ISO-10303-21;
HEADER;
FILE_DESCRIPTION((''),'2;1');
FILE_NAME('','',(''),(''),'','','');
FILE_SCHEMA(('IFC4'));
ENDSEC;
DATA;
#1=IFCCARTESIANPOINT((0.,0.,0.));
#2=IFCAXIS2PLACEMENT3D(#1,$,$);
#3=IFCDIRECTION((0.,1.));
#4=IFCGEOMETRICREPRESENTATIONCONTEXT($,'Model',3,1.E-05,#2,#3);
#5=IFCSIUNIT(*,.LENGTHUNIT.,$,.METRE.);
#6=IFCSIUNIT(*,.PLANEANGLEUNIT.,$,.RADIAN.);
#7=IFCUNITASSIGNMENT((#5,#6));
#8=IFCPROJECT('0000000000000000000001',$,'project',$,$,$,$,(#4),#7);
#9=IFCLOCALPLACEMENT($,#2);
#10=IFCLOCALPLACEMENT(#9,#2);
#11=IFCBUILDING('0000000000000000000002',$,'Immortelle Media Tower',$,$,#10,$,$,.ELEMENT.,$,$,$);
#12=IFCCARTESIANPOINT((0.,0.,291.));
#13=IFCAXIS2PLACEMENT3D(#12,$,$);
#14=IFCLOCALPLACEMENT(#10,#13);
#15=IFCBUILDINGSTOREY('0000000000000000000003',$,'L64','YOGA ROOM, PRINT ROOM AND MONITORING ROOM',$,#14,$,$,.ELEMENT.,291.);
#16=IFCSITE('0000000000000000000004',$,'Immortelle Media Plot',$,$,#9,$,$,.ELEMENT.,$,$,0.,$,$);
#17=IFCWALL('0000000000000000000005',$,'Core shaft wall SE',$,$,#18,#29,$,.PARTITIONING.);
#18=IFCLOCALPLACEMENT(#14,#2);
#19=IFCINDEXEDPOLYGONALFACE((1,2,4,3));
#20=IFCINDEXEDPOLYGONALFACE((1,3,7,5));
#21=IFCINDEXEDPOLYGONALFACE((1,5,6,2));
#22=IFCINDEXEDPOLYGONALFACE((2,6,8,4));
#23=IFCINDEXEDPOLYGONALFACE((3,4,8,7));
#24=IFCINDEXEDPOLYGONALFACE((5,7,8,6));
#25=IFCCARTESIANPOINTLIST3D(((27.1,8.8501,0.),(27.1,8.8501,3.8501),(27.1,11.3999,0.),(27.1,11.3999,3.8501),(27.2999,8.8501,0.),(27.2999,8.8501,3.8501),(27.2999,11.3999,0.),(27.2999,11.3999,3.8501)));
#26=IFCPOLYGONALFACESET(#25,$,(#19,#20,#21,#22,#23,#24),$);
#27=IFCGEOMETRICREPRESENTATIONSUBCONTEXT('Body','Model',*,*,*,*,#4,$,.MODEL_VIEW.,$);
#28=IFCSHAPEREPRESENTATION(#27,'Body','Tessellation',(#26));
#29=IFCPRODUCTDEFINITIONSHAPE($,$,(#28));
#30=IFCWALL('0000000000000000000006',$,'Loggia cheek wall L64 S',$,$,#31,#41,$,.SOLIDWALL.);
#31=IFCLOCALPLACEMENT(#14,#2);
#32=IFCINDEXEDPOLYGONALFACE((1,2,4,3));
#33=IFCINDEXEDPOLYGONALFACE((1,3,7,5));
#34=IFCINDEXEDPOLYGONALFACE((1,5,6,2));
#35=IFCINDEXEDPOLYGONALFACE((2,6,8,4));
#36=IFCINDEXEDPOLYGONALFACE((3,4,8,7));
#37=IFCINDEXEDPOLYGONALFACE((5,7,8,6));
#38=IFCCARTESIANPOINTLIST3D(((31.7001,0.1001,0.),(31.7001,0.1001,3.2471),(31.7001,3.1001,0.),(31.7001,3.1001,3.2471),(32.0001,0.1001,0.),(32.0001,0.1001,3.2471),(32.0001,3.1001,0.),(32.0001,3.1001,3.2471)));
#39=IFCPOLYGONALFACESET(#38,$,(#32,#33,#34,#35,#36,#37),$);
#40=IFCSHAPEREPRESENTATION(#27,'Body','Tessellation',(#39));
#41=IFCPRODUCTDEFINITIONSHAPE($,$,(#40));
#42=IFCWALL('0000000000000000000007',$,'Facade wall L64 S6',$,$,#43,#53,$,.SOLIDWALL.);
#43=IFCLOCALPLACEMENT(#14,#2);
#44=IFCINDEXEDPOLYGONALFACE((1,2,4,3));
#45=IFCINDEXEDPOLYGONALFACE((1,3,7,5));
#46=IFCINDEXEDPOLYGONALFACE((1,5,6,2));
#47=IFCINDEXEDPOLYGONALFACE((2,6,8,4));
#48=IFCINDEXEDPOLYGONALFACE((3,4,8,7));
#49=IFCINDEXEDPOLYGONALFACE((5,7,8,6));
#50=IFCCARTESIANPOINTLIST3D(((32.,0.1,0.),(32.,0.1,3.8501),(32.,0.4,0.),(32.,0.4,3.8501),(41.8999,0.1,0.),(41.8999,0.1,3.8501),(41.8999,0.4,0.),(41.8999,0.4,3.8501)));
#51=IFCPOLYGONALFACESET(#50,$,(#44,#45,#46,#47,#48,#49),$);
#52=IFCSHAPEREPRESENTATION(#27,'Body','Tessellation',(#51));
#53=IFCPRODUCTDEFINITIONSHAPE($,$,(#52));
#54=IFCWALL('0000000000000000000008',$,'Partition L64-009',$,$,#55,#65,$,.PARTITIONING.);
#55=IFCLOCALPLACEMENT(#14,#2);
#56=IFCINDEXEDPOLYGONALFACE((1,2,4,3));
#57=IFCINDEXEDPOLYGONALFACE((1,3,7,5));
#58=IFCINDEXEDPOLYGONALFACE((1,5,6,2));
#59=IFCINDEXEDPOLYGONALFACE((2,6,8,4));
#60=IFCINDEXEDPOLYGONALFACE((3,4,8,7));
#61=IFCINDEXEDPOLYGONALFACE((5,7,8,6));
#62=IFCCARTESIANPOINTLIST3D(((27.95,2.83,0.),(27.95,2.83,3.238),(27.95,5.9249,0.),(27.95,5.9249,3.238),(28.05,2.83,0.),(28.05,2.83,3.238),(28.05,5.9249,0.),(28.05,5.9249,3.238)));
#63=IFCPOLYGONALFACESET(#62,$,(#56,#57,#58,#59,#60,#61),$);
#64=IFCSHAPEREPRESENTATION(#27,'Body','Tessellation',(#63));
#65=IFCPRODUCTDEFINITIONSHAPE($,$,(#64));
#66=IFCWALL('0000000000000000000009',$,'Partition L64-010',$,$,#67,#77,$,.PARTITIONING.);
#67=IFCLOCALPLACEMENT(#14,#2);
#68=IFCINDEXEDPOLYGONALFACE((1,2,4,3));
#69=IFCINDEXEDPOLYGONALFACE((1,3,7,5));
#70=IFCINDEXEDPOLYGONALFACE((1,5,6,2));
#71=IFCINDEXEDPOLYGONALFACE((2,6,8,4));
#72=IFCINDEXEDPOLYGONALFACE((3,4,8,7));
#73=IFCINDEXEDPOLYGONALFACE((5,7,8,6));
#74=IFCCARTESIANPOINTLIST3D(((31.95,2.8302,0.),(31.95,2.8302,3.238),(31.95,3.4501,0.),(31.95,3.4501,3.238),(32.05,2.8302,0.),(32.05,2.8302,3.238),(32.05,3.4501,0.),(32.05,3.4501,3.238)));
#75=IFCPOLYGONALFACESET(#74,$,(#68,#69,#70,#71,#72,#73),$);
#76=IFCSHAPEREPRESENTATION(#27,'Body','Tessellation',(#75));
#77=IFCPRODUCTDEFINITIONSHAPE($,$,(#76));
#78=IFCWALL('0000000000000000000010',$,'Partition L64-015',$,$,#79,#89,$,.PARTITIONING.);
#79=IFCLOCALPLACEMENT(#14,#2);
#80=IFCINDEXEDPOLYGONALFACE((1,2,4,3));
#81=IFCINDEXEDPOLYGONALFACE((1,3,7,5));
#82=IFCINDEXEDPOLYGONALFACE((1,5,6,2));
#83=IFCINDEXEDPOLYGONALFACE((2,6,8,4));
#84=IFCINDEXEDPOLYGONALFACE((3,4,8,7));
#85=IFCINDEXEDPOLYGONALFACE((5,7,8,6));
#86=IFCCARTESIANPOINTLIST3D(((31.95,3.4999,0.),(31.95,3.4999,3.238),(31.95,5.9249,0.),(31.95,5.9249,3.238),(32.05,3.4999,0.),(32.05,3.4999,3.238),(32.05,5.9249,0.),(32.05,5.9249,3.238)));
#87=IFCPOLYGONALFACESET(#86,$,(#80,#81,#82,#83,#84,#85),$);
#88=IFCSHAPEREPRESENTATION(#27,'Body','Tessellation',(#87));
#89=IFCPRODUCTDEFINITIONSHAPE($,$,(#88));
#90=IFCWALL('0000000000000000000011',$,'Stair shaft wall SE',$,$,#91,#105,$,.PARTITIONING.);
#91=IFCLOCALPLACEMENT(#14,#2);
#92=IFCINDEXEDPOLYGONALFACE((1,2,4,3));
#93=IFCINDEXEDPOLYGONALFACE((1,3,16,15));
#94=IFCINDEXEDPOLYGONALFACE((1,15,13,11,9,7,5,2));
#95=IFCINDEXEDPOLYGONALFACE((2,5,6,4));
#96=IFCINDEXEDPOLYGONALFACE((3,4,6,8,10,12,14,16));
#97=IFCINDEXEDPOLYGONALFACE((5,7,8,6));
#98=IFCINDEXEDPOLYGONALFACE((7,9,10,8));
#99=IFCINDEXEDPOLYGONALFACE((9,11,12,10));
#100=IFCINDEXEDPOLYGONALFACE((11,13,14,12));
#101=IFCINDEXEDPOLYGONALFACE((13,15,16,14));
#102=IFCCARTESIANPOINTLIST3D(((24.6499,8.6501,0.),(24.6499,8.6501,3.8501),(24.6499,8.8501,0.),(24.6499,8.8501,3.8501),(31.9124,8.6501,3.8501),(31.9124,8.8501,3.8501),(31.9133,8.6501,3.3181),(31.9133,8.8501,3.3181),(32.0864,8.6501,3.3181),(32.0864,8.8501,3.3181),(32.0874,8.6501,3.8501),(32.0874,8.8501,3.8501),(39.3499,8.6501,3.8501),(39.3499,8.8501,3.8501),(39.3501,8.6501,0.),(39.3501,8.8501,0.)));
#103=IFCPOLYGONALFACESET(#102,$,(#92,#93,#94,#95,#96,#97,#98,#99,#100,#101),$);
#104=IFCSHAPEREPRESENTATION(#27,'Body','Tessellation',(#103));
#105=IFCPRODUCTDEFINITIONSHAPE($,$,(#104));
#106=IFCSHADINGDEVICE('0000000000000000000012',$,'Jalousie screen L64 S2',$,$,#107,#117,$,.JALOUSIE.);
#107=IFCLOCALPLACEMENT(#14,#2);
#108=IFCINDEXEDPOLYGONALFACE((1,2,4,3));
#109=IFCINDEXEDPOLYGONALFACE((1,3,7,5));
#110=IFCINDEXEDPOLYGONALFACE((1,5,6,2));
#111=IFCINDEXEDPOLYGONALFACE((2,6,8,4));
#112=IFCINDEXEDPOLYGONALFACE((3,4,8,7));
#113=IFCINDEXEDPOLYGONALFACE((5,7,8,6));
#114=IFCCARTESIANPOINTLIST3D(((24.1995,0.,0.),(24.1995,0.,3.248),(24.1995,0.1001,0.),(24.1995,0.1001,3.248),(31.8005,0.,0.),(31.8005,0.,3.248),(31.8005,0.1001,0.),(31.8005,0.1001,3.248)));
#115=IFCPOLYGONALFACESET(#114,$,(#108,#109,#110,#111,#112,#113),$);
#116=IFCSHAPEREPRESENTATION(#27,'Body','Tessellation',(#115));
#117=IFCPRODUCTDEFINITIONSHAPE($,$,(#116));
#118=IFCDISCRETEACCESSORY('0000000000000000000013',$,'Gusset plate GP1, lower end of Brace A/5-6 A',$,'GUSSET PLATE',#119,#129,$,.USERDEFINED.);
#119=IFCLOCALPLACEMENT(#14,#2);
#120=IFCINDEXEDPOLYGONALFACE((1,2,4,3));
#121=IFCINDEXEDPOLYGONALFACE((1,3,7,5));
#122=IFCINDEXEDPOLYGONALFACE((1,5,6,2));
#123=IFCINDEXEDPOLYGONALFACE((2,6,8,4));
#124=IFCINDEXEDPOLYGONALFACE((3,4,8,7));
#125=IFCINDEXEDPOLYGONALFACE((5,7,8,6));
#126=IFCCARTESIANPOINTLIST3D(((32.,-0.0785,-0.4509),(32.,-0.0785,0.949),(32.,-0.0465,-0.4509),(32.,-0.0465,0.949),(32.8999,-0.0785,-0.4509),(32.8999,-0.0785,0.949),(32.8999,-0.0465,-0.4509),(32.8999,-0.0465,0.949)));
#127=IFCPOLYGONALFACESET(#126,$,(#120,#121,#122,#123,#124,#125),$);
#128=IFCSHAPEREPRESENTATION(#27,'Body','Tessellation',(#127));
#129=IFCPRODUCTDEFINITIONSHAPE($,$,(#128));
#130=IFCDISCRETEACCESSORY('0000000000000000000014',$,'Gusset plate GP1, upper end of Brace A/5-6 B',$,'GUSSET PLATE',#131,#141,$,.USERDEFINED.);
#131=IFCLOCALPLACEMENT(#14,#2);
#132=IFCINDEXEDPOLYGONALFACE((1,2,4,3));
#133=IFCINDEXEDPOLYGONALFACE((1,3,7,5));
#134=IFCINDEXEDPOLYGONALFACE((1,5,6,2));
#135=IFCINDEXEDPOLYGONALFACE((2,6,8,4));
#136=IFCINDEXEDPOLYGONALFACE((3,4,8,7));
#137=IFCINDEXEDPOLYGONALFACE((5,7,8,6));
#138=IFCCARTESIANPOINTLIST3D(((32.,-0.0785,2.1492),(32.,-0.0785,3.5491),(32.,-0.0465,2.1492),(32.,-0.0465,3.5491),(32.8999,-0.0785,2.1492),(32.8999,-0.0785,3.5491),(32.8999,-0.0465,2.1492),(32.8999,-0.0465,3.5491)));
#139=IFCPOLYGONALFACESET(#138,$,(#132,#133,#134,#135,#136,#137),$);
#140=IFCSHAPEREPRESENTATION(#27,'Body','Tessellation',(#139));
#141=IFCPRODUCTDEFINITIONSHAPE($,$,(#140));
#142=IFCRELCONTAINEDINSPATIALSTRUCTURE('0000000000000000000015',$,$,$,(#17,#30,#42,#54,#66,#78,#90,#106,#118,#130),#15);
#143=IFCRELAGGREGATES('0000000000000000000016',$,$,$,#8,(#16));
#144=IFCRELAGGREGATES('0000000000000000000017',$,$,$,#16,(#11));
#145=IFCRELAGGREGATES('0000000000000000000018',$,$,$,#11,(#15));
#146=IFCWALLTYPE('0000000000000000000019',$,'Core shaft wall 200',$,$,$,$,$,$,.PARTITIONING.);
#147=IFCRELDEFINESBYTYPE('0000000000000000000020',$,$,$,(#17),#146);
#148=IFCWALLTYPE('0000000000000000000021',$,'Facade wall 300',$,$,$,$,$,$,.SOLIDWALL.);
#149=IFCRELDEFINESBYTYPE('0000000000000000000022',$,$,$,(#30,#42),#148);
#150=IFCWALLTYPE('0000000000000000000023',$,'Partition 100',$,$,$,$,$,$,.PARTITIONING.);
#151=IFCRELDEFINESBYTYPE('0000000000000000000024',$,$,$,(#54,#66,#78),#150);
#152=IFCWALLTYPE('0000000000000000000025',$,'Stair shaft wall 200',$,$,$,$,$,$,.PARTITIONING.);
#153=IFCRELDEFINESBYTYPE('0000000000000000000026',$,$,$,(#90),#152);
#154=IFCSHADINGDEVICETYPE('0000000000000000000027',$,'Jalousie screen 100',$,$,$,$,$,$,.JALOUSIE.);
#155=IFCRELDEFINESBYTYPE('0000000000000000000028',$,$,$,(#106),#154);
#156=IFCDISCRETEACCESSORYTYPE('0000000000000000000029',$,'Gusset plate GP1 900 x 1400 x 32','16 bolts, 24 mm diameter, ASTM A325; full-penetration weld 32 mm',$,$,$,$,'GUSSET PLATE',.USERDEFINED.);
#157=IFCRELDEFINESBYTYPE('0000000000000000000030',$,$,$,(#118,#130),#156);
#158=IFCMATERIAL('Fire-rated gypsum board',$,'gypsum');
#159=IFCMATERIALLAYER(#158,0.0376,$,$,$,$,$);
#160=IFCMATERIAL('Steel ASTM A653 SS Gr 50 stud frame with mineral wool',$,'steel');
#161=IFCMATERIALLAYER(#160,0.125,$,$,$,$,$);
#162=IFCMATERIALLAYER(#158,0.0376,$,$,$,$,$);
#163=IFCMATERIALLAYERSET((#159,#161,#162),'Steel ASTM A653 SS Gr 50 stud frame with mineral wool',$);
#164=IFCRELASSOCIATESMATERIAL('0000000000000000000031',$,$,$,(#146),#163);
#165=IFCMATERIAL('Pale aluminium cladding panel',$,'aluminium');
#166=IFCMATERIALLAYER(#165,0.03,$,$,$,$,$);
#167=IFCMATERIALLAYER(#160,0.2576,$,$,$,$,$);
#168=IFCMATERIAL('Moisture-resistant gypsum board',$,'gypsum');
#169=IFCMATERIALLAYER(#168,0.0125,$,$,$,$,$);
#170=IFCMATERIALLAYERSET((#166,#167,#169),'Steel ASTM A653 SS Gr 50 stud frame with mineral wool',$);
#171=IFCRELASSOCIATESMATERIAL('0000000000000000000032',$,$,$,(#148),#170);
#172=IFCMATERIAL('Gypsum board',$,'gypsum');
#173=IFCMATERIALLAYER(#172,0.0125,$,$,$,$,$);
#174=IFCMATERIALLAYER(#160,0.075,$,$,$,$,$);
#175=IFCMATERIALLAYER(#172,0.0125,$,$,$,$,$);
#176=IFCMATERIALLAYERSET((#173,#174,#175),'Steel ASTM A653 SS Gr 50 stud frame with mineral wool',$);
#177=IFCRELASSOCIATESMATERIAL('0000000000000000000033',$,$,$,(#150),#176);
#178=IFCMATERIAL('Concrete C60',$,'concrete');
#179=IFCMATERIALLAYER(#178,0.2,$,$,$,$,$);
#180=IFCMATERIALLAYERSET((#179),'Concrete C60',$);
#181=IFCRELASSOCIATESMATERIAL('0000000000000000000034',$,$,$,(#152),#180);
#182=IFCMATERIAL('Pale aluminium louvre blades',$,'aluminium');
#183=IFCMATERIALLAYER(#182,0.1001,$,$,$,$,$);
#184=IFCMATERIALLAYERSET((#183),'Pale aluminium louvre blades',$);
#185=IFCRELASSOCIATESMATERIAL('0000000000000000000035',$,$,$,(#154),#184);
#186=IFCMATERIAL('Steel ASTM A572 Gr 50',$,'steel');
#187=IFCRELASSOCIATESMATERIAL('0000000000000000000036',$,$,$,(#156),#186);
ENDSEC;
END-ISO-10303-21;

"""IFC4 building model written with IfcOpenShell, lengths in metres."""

from ifc_helpers import new_model, si_unit, direction, frame, frame_2d, origin, origin_2d, place, context, subcontext, project, spatial, polyline, rectangle, outline, extrude, material, layer, layer_set, material_profile, profile_set, type_object, element, save


model = new_model("IFC4")

# Units and contexts
model_context = context("Model", 3, precision=1e-05, world=origin(), true_north=direction((0.0, 1.0)))
body_context = subcontext(model_context, "Body", "Model", "MODEL_VIEW")
ifc_project = project(units=[si_unit("LENGTHUNIT", "METRE"), si_unit("PLANEANGLEUNIT", "RADIAN")], contexts=[model_context])

# Site, building, storey
site_placement = place(None, origin())
site = spatial("IfcSite", under=ifc_project, at=site_placement, Name="Immortelle Media Plot", CompositionType="ELEMENT", RefElevation=0.0)
building_placement = place(site_placement, origin())
building = spatial("IfcBuilding", under=site, at=building_placement, Name="Immortelle Media Tower", CompositionType="ELEMENT")
storey_placement = place(building_placement, frame((0.0, 0.0, 291.0)))
storey = spatial("IfcBuildingStorey", under=building, at=storey_placement, Name="L64", Description="YOGA ROOM, PRINT ROOM AND MONITORING ROOM", CompositionType="ELEMENT", Elevation=291.0)

# Wall
ifc_material_1 = material(Name="Fire-rated gypsum board", Category="gypsum")
ifc_layer_1 = layer(ifc_material_1, 0.0376)
ifc_material_2 = material(Name="Steel ASTM A653 SS Gr 50 stud frame with mineral wool", Category="steel")
ifc_layer_2 = layer(ifc_material_2, 0.125)
ifc_layer_3 = layer(ifc_material_1, 0.0376)
ifc_layer_set_1 = layer_set([ifc_layer_1, ifc_layer_2, ifc_layer_3], Name="Steel ASTM A653 SS Gr 50 stud frame with mineral wool")
wall_type_1 = type_object("IfcWallType", Name="Core shaft wall 200", PredefinedType="PARTITIONING", material=ifc_layer_set_1)
wall_1_placement = place(storey_placement, frame((27.2, 8.8501, 0.0), z_axis=(0.0, 0.0, 1.0), x_axis=(0.0, 1.0, 0.0)))
element("IfcWall", 1, at=wall_1_placement, inside=storey, type_object=wall_type_1, Name="Core shaft wall SE", PredefinedType="PARTITIONING", context=body_context, shape_type="SweptSolid", body=[
    extrude(rectangle(XDim=2.5498, YDim=0.2, at=frame_2d((1.2749, 0.0))), origin(), (0.0, 0.0, 1.0), 3.8501),
])

# Shared definitions
ifc_material_3 = material(Name="Pale aluminium cladding panel", Category="aluminium")
ifc_layer_4 = layer(ifc_material_3, 0.03)
ifc_layer_5 = layer(ifc_material_2, 0.2576)
ifc_material_4 = material(Name="Moisture-resistant gypsum board", Category="gypsum")
ifc_layer_6 = layer(ifc_material_4, 0.0125)
ifc_layer_set_2 = layer_set([ifc_layer_4, ifc_layer_5, ifc_layer_6], Name="Steel ASTM A653 SS Gr 50 stud frame with mineral wool")
wall_type_2 = type_object("IfcWallType", Name="Facade wall 300", PredefinedType="SOLIDWALL", material=ifc_layer_set_2)

# Walls
wall_2_placement = place(storey_placement, frame((31.8501, 0.1001, 0.0), z_axis=(0.0, 0.0, 1.0), x_axis=(0.0, 1.0, 0.0)))
element("IfcWall", 2, at=wall_2_placement, inside=storey, type_object=wall_type_2, Name="Loggia cheek wall L64 S", PredefinedType="SOLIDWALL", context=body_context, shape_type="SweptSolid", body=[
    extrude(rectangle(XDim=3.0, YDim=0.3, at=frame_2d((1.5, 0.0))), origin(), (0.0, 0.0, 1.0), 3.2471),
])
wall_3_placement = place(storey_placement, frame((32.0, 0.25, 0.0), z_axis=(0.0, 0.0, 1.0), x_axis=(1.0, 0.0, 0.0)))
element("IfcWall", 3, at=wall_3_placement, inside=storey, type_object=wall_type_2, Name="Facade wall L64 S6", PredefinedType="SOLIDWALL", context=body_context, shape_type="SweptSolid", body=[
    extrude(rectangle(XDim=9.8999, YDim=0.3, at=frame_2d((4.95, 0.0))), origin(), (0.0, 0.0, 1.0), 3.8501),
])
ifc_material_5 = material(Name="Gypsum board", Category="gypsum")
ifc_layer_7 = layer(ifc_material_5, 0.0125)
ifc_layer_8 = layer(ifc_material_2, 0.075)
ifc_layer_9 = layer(ifc_material_5, 0.0125)
ifc_layer_set_3 = layer_set([ifc_layer_7, ifc_layer_8, ifc_layer_9], Name="Steel ASTM A653 SS Gr 50 stud frame with mineral wool")
wall_type_3 = type_object("IfcWallType", Name="Partition 100", PredefinedType="PARTITIONING", material=ifc_layer_set_3)
wall_4_placement = place(storey_placement, frame((28.0, 2.8301, 0.0), z_axis=(0.0, 0.0, 1.0), x_axis=(0.0, 1.0, 0.0)))
element("IfcWall", 4, at=wall_4_placement, inside=storey, type_object=wall_type_3, Name="Partition L64-009", PredefinedType="PARTITIONING", context=body_context, shape_type="SweptSolid", body=[
    extrude(rectangle(XDim=3.095, YDim=0.1001, at=frame_2d((1.5474, 0.0))), origin(), (0.0, 0.0, 1.0), 3.238),
])
wall_5_placement = place(storey_placement, frame((32.0, 2.8301, 0.0), z_axis=(0.0, 0.0, 1.0), x_axis=(0.0, 1.0, 0.0)))
element("IfcWall", 5, at=wall_5_placement, inside=storey, type_object=wall_type_3, Name="Partition L64-010", PredefinedType="PARTITIONING", context=body_context, shape_type="SweptSolid", body=[
    extrude(rectangle(XDim=0.6199, YDim=0.1001, at=frame_2d((0.3101, 0.0))), origin(), (0.0, 0.0, 1.0), 3.238),
])
wall_6_placement = place(storey_placement, frame((32.0, 3.5, 0.0), z_axis=(0.0, 0.0, 1.0), x_axis=(0.0, 1.0, 0.0)))
element("IfcWall", 6, at=wall_6_placement, inside=storey, type_object=wall_type_3, Name="Partition L64-015", PredefinedType="PARTITIONING", context=body_context, shape_type="SweptSolid", body=[
    extrude(rectangle(XDim=2.425, YDim=0.1001, at=frame_2d((1.2124, 0.0))), origin(), (0.0, 0.0, 1.0), 3.238),
])
ifc_material_6 = material(Name="Concrete C60", Category="concrete")
ifc_layer_10 = layer(ifc_material_6, 0.2)
ifc_layer_set_4 = layer_set([ifc_layer_10], Name="Concrete C60")
wall_type_4 = type_object("IfcWallType", Name="Stair shaft wall 200", PredefinedType="PARTITIONING", material=ifc_layer_set_4)
wall_7_placement = place(storey_placement, frame((24.6499, 8.75, 0.0), z_axis=(0.0, 0.0, 1.0), x_axis=(1.0, 0.0, 0.0)))
element("IfcWall", 7, at=wall_7_placement, inside=storey, type_object=wall_type_4, Name="Stair shaft wall SE", PredefinedType="PARTITIONING", context=body_context, shape_type="SweptSolid", body=[
    extrude(outline(polyline([(0.0, 0.0), (14.7002, 0.0), (14.7, 3.8501), (7.4375, 3.8501), (7.4365, 3.3181), (7.2634, 3.3181), (7.2625, 3.8501), (0.0, 3.8501), (0.0, 0.0)])), frame((0.0, 0.1001, 0.0), z_axis=(0.0, -1.0, 0.0), x_axis=(1.0, 0.0, 0.0)), (0.0, 0.0, 1.0), 0.2),
])

# Shading device
ifc_material_7 = material(Name="Pale aluminium louvre blades", Category="aluminium")
ifc_layer_11 = layer(ifc_material_7, 0.1001)
ifc_layer_set_5 = layer_set([ifc_layer_11], Name="Pale aluminium louvre blades")
shading_device_type = type_object("IfcShadingDeviceType", Name="Jalousie screen 100", PredefinedType="JALOUSIE", material=ifc_layer_set_5)
shading_device_placement = place(storey_placement, frame((28.0, 0.05, 0.0), z_axis=(0.0, 0.0, 1.0), x_axis=(1.0, 0.0, 0.0)))
element("IfcShadingDevice", 8, at=shading_device_placement, inside=storey, type_object=shading_device_type, Name="Jalousie screen L64 S2", PredefinedType="JALOUSIE", context=body_context, shape_type="SweptSolid", body=[
    extrude(rectangle(XDim=7.6011, YDim=0.1001, at=origin_2d()), origin(), (0.0, 0.0, 1.0), 3.248),
])

# Discrete accessories
ifc_material_8 = material(Name="Steel ASTM A572 Gr 50", Category="steel")
ifc_material_profile_1 = material_profile(ifc_material_8, rectangle(XDim=0.032, YDim=1.3999, at=origin_2d()), Name="PL 32 x 1400")
ifc_profile_set_1 = profile_set([ifc_material_profile_1], Name="Steel ASTM A572 Gr 50")
discrete_accessory_type = type_object("IfcDiscreteAccessoryType", Name="Gusset plate GP1 900 x 1400 x 32", Description="16 bolts, 24 mm diameter, ASTM A325; full-penetration weld 32 mm", ElementType="GUSSET PLATE", PredefinedType="USERDEFINED", material=ifc_profile_set_1)
for number, where, z_axis, x_axis, name in (
    (9, (32.0, -0.0625, 0.249), (1.0, 0.0, 0.0), (0.0, 1.0, 0.0), "Gusset plate GP1, lower end of Brace A/5-6 A"),
    (10, (32.0, -0.0625, 2.8491), (1.0, 0.0, 0.0), (0.0, 1.0, 0.0), "Gusset plate GP1, upper end of Brace A/5-6 B"),
):
    element("IfcDiscreteAccessory", number, at=place(storey_placement, frame(where, z_axis=z_axis, x_axis=x_axis)), inside=storey, type_object=discrete_accessory_type, Name=name, ObjectType="GUSSET PLATE", PredefinedType="USERDEFINED", context=body_context, shape_type="SweptSolid", body=[
        extrude(rectangle(XDim=0.032, YDim=1.3999, at=origin_2d()), origin(), (0.0, 0.0, 1.0), 0.8999),
    ])

save(model, "model.ifc")
